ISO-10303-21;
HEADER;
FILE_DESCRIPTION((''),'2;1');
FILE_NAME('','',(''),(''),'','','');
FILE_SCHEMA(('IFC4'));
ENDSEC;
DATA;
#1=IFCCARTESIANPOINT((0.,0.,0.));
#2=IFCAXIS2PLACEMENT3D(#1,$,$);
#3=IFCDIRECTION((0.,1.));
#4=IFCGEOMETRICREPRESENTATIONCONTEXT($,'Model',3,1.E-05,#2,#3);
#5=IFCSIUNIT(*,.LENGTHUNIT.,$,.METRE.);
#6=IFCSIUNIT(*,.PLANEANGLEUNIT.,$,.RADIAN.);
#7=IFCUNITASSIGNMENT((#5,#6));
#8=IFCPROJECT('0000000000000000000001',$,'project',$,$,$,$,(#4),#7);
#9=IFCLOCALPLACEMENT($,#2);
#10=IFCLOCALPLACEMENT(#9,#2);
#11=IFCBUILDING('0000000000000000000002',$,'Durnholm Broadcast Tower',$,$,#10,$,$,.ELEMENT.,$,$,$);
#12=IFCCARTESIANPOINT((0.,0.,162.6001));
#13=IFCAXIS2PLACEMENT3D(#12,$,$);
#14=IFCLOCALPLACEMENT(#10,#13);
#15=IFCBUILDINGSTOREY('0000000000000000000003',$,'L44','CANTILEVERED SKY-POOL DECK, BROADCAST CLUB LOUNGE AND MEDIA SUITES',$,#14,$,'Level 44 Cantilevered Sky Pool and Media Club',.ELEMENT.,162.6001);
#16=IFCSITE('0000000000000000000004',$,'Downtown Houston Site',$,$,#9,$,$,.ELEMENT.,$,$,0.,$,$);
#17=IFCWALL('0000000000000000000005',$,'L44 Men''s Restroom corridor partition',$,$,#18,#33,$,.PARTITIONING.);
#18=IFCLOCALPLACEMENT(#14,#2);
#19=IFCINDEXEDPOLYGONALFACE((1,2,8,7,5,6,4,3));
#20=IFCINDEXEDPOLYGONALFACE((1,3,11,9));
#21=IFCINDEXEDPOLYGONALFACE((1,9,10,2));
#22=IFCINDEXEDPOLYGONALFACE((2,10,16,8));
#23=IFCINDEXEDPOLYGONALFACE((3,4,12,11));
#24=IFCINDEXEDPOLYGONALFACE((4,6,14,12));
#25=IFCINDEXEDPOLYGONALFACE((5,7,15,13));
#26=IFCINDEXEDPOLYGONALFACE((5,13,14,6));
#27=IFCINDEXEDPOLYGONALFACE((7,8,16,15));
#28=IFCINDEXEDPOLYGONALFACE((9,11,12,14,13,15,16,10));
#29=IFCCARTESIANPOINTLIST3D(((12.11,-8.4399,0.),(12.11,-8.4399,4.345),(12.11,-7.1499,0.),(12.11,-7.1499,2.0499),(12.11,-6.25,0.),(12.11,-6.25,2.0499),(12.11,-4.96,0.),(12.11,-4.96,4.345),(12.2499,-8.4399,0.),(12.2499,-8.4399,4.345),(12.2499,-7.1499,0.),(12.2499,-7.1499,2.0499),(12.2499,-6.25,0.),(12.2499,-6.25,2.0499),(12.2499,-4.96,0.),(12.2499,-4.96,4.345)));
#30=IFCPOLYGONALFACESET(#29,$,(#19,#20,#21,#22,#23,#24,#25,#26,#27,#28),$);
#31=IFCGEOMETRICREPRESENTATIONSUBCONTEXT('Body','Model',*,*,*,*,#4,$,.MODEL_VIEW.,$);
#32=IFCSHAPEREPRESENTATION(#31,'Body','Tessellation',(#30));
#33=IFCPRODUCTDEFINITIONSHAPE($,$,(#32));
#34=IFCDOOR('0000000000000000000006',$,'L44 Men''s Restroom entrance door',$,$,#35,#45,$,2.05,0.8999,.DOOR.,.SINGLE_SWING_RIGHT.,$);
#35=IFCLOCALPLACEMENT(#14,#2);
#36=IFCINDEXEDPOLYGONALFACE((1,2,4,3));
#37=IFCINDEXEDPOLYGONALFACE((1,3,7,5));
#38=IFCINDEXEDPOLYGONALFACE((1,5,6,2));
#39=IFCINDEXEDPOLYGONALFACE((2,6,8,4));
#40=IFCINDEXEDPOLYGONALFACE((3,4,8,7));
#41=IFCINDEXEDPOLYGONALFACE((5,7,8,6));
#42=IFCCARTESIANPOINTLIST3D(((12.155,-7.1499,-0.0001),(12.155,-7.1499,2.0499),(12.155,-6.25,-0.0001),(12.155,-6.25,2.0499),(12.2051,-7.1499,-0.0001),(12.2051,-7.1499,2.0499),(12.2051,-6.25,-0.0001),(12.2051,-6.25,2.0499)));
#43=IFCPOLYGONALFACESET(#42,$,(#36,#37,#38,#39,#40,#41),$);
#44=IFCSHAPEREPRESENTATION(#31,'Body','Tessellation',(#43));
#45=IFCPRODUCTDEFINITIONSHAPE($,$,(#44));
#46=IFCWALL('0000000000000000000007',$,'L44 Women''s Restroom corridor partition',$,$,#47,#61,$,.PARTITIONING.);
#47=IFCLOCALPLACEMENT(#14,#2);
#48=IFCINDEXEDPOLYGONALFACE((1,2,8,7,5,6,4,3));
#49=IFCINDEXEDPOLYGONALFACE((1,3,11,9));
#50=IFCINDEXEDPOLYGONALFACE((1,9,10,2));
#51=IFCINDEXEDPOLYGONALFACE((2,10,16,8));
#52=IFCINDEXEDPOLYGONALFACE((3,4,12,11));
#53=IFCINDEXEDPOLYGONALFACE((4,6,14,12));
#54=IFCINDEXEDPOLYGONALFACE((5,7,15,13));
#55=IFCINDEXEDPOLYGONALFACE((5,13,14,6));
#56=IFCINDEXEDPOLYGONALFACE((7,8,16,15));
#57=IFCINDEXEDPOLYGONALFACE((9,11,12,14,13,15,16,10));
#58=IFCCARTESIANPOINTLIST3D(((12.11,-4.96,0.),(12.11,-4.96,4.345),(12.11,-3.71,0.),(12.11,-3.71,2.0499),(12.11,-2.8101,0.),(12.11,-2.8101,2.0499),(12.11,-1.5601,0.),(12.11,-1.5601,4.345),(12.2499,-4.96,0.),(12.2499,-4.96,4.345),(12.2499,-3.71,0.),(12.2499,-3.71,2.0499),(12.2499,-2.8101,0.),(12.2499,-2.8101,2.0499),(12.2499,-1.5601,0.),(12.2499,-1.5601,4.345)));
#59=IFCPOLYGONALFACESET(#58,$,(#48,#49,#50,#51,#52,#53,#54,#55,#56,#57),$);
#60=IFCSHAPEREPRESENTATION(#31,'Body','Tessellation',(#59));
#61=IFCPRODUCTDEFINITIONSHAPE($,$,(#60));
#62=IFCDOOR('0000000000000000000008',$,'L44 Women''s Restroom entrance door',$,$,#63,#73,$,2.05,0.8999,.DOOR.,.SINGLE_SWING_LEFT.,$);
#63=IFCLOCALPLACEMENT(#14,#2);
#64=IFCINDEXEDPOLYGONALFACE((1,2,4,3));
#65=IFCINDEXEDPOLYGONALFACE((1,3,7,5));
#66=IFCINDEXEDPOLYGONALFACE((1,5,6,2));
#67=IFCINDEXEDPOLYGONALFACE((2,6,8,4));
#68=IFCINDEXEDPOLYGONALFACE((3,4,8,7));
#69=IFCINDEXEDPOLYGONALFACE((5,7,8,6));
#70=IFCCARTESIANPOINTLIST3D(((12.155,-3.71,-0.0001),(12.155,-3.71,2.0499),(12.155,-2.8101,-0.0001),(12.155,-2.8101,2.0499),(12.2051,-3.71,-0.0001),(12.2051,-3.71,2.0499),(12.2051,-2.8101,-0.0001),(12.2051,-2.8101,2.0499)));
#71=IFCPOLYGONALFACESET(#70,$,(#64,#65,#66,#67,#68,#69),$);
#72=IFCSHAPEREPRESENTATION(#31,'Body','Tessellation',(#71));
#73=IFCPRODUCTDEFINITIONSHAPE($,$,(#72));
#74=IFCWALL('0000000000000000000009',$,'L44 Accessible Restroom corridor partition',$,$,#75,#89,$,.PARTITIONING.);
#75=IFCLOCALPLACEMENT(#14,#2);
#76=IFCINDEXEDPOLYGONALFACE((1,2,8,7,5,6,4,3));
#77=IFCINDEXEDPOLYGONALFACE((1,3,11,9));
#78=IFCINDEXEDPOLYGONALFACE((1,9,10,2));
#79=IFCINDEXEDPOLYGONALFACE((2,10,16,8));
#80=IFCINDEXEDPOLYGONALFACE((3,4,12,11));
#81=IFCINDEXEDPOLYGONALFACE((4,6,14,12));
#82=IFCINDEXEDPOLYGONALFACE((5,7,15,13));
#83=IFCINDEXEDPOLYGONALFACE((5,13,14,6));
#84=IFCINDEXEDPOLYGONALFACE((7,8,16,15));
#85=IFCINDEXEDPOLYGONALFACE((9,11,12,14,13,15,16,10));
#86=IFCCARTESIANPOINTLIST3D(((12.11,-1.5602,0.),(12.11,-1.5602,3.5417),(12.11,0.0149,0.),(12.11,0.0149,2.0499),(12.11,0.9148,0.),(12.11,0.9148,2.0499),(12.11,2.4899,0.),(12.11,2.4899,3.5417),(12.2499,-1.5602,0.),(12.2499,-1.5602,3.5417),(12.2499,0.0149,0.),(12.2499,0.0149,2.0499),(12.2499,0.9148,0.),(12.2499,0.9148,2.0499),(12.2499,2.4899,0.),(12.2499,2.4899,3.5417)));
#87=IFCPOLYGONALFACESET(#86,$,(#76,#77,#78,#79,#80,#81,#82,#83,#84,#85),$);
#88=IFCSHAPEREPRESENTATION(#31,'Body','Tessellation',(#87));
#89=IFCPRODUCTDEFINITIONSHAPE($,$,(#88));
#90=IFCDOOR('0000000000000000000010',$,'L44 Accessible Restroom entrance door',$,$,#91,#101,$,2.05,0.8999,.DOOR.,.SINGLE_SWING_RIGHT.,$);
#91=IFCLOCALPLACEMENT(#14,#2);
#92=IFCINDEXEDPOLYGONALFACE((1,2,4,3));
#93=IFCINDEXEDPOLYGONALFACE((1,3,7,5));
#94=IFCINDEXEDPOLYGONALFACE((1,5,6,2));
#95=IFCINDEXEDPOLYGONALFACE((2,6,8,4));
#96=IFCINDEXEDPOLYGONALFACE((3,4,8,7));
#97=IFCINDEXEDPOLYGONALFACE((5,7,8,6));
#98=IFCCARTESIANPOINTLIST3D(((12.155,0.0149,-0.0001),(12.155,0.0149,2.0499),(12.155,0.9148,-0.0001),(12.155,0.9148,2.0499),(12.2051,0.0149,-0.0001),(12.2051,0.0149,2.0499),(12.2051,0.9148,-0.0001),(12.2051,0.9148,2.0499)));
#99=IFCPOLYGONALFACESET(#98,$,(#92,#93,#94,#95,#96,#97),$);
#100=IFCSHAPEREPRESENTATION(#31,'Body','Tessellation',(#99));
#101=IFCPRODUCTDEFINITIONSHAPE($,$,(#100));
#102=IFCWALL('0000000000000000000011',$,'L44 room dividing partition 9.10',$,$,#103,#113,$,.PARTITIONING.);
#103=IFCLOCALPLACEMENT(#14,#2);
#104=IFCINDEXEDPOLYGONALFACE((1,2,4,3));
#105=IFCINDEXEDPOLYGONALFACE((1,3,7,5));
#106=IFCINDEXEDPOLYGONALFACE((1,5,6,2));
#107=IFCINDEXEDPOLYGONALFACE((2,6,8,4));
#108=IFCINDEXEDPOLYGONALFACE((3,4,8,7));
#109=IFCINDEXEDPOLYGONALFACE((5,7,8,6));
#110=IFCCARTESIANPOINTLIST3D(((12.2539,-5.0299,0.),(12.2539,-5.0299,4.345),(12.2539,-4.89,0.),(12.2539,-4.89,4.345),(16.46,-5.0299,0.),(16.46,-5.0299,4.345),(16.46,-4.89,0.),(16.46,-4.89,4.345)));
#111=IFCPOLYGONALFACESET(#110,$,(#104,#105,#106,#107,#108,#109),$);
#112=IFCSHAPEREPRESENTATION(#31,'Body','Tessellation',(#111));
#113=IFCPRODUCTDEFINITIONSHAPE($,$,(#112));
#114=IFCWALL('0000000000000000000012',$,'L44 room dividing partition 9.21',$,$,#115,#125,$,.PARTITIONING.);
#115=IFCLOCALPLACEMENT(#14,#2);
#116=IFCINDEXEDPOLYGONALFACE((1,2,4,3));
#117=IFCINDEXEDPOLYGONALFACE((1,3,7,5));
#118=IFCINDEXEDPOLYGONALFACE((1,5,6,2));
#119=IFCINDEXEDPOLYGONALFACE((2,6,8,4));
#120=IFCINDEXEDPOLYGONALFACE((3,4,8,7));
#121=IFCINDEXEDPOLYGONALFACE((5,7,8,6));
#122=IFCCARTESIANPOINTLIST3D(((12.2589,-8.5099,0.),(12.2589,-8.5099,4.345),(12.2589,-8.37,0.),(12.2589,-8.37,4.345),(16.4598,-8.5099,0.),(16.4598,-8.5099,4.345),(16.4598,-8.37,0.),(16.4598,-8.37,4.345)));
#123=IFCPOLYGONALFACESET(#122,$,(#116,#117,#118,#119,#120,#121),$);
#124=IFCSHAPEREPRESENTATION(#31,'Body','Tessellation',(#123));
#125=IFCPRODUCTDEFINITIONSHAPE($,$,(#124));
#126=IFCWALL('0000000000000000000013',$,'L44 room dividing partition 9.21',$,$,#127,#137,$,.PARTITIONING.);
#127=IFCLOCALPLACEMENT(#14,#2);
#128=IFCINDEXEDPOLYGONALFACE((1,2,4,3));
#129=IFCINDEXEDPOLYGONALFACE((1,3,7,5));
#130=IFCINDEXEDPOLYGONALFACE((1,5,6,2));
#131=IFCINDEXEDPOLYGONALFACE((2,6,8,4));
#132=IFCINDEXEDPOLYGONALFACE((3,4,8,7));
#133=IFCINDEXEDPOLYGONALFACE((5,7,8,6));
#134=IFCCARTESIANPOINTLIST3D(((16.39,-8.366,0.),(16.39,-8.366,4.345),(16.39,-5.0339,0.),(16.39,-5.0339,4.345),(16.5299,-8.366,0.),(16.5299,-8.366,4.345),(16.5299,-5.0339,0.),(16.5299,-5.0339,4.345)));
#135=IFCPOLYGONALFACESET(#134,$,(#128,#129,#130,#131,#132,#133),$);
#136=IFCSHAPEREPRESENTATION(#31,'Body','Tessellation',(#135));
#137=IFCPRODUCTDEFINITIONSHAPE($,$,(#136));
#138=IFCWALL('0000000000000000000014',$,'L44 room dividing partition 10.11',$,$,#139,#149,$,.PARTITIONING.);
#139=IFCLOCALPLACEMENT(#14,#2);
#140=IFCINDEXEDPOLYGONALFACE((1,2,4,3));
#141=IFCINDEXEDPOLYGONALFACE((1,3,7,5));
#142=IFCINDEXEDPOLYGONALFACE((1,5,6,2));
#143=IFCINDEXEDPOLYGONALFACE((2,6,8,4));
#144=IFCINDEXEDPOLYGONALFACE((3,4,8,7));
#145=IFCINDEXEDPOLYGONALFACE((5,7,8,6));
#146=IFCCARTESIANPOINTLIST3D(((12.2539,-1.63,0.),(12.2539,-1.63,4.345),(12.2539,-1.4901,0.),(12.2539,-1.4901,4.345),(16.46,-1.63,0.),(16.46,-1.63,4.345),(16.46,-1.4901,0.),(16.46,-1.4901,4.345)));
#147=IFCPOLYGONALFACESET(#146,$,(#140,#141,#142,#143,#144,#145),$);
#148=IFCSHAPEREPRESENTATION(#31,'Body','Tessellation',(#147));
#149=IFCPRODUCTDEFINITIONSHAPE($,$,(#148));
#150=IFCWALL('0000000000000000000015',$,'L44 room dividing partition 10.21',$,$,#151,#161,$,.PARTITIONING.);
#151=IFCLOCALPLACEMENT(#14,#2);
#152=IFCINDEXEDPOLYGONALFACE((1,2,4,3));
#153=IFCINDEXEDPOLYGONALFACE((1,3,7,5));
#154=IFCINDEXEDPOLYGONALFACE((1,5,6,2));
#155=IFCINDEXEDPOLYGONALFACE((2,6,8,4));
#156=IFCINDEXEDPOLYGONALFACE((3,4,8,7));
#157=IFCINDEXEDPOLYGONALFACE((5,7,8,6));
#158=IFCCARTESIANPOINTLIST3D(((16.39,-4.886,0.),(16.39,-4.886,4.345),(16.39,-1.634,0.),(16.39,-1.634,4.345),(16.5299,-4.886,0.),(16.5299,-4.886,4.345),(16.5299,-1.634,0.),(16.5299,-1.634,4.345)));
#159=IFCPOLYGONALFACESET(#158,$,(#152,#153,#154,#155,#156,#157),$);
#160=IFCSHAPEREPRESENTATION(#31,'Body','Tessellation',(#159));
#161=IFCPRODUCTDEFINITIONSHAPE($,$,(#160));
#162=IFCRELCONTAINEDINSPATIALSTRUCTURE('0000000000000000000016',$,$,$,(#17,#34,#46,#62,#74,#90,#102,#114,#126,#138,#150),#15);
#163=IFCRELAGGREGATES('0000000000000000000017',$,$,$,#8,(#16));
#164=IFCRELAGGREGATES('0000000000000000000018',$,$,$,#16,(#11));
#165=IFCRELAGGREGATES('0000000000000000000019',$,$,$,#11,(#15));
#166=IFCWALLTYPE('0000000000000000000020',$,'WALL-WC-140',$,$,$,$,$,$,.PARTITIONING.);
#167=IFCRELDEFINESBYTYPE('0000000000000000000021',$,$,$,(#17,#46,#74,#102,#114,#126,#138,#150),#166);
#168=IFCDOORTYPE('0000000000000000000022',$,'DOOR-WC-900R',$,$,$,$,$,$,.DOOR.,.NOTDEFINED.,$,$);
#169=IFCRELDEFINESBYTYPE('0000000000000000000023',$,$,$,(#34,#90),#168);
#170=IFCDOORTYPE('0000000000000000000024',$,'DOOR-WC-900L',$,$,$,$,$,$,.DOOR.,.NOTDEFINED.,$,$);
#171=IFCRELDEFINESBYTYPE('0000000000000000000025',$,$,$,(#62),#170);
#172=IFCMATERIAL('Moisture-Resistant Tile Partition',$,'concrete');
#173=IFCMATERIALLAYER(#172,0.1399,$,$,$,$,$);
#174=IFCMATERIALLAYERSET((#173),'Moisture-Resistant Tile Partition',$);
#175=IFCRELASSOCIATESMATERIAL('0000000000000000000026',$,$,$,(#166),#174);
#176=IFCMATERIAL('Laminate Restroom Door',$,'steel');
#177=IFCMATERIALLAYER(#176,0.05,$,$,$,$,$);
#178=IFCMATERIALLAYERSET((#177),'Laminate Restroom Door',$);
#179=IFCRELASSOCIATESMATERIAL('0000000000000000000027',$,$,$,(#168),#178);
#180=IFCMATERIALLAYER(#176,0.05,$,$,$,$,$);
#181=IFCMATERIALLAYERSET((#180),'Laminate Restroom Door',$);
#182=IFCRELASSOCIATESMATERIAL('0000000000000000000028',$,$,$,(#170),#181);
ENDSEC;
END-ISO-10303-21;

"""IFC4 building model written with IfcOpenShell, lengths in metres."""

from ifc_helpers import new_model, si_unit, direction, frame, frame_2d, origin, place, context, subcontext, project, spatial, rectangle, extrude, source, transform, mapped, material, layer, layer_set, type_object, type_shapes, element, fill, save


model = new_model("IFC4")

# Units and contexts
model_context = context("Model", 3, precision=1e-05, world=origin(), true_north=direction((0.0, 1.0)))
body_context = subcontext(model_context, "Body", "Model", "MODEL_VIEW")
ifc_project = project(units=[si_unit("LENGTHUNIT", "METRE"), si_unit("PLANEANGLEUNIT", "RADIAN")], contexts=[model_context])

# Site, building, storey
site_placement = place(None, origin())
site = spatial("IfcSite", under=ifc_project, at=site_placement, Name="Downtown Houston Site", CompositionType="ELEMENT", RefElevation=0.0)
building_placement = place(site_placement, origin())
building = spatial("IfcBuilding", under=site, at=building_placement, Name="Durnholm Broadcast Tower", CompositionType="ELEMENT")
storey_placement = place(building_placement, frame((0.0, 0.0, 162.6001)))
storey = spatial("IfcBuildingStorey", under=building, at=storey_placement, Name="L44", Description="CANTILEVERED SKY-POOL DECK, BROADCAST CLUB LOUNGE AND MEDIA SUITES", LongName="Level 44 Cantilevered Sky Pool and Media Club", CompositionType="ELEMENT", Elevation=162.6001)

# Walls, openings, doors
ifc_material_1 = material(Name="Moisture-Resistant Tile Partition", Category="concrete")
ifc_layer_1 = layer(ifc_material_1, 0.1399)
ifc_layer_set_1 = layer_set([ifc_layer_1], Name="Moisture-Resistant Tile Partition")
wall_type_1 = type_object("IfcWallType", Name="WALL-WC-140", PredefinedType="PARTITIONING", material=ifc_layer_set_1)
wall_1_placement = place(storey_placement, frame((12.1799, -8.4399, 0.0), z_axis=(0.0, 0.0, 1.0), x_axis=(0.0, 1.0, 0.0)))
wall_1 = element("IfcWall", 1, at=wall_1_placement, inside=storey, type_object=wall_type_1, Name="L44 Men's Restroom corridor partition", PredefinedType="PARTITIONING", context=body_context, shape_type="SweptSolid", body=[
    extrude(rectangle(XDim=3.48, YDim=0.1399, at=frame_2d((1.74, 0.0))), origin(), (0.0, 0.0, 1.0), 4.345),
])
opening_1_placement = place(wall_1_placement, frame((1.29, 0.0, 0.0)))
opening_1 = element("IfcOpeningElement", 2, at=opening_1_placement, cuts=wall_1, PredefinedType="OPENING", context=body_context, shape_type="SweptSolid", body=[
    extrude(rectangle(XDim=0.8999, YDim=2.05, at=frame_2d((0.45, 1.0249))), frame((0.0, 0.0801, 0.0), z_axis=(0.0, -1.0, 0.0), x_axis=(1.0, 0.0, 0.0)), (0.0, 0.0, 1.0), 0.1599),
])
ifc_material_2 = material(Name="Laminate Restroom Door", Category="steel")
ifc_layer_2 = layer(ifc_material_2, 0.05)
ifc_layer_set_2 = layer_set([ifc_layer_2], Name="Laminate Restroom Door")
door_type_1 = type_object("IfcDoorType", Name="DOOR-WC-900R", OperationType="NOTDEFINED", PredefinedType="DOOR", material=ifc_layer_set_2)
shared_shape_1 = source(origin(), body_context, "Body", "SweptSolid", [
    extrude(rectangle(XDim=0.8999, YDim=2.05, at=frame_2d((0.45, 1.0249))), frame((0.0, 0.0249, 0.0), z_axis=(0.0, -1.0, 0.0), x_axis=(1.0, 0.0, 0.0)), (0.0, 0.0, 1.0), 0.05),
])
type_shapes(door_type_1, [shared_shape_1])
door_1_placement = place(opening_1_placement, origin())
door_1 = element("IfcDoor", 3, at=door_1_placement, inside=storey, type_object=door_type_1, Name="L44 Men's Restroom entrance door", OperationType="SINGLE_SWING_RIGHT", OverallHeight=2.05, OverallWidth=0.8999, PredefinedType="DOOR", context=body_context, shape_type="MappedRepresentation", body=[
    mapped(shared_shape_1, transform((0.0, 0.0, 0.0), x_axis=(1.0, 0.0, 0.0), y_axis=(0.0, 1.0, 0.0), z_axis=(0.0, 0.0, 1.0), scale=1.0)),
])
fill(opening_1, door_1)
wall_2_placement = place(storey_placement, frame((12.1799, -4.96, 0.0), z_axis=(0.0, 0.0, 1.0), x_axis=(0.0, 1.0, 0.0)))
wall_2 = element("IfcWall", 4, at=wall_2_placement, inside=storey, type_object=wall_type_1, Name="L44 Women's Restroom corridor partition", PredefinedType="PARTITIONING", context=body_context, shape_type="SweptSolid", body=[
    extrude(rectangle(XDim=3.3999, YDim=0.1399, at=frame_2d((1.7, 0.0))), origin(), (0.0, 0.0, 1.0), 4.345),
])
opening_2_placement = place(wall_2_placement, frame((1.25, 0.0, 0.0)))
opening_2 = element("IfcOpeningElement", 5, at=opening_2_placement, cuts=wall_2, PredefinedType="OPENING", context=body_context, shape_type="SweptSolid", body=[
    extrude(rectangle(XDim=0.8999, YDim=2.05, at=frame_2d((0.45, 1.0249))), frame((0.0, 0.0801, 0.0), z_axis=(0.0, -1.0, 0.0), x_axis=(1.0, 0.0, 0.0)), (0.0, 0.0, 1.0), 0.1599),
])
ifc_layer_3 = layer(ifc_material_2, 0.05)
ifc_layer_set_3 = layer_set([ifc_layer_3], Name="Laminate Restroom Door")
door_type_2 = type_object("IfcDoorType", Name="DOOR-WC-900L", OperationType="NOTDEFINED", PredefinedType="DOOR", material=ifc_layer_set_3)
shared_shape_2 = source(origin(), body_context, "Body", "SweptSolid", [
    extrude(rectangle(XDim=0.8999, YDim=2.05, at=frame_2d((0.45, 1.0249))), frame((0.0, 0.0249, 0.0), z_axis=(0.0, -1.0, 0.0), x_axis=(1.0, 0.0, 0.0)), (0.0, 0.0, 1.0), 0.05),
])
type_shapes(door_type_2, [shared_shape_2])
door_2_placement = place(opening_2_placement, origin())
door_2 = element("IfcDoor", 6, at=door_2_placement, inside=storey, type_object=door_type_2, Name="L44 Women's Restroom entrance door", OperationType="SINGLE_SWING_LEFT", OverallHeight=2.05, OverallWidth=0.8999, PredefinedType="DOOR", context=body_context, shape_type="MappedRepresentation", body=[
    mapped(shared_shape_2, transform((0.0, 0.0, 0.0), x_axis=(1.0, 0.0, 0.0), y_axis=(0.0, 1.0, 0.0), z_axis=(0.0, 0.0, 1.0), scale=1.0)),
])
fill(opening_2, door_2)
wall_3_placement = place(storey_placement, frame((12.1799, -1.5601, 0.0), z_axis=(0.0, 0.0, 1.0), x_axis=(0.0, 1.0, 0.0)))
wall_3 = element("IfcWall", 7, at=wall_3_placement, inside=storey, type_object=wall_type_1, Name="L44 Accessible Restroom corridor partition", PredefinedType="PARTITIONING", context=body_context, shape_type="SweptSolid", body=[
    extrude(rectangle(XDim=4.05, YDim=0.1399, at=frame_2d((2.0249, 0.0))), origin(), (0.0, 0.0, 1.0), 3.5417),
])
opening_3_placement = place(wall_3_placement, frame((1.575, 0.0, 0.0)))
opening_3 = element("IfcOpeningElement", 8, at=opening_3_placement, cuts=wall_3, PredefinedType="OPENING", context=body_context, shape_type="SweptSolid", body=[
    extrude(rectangle(XDim=0.8999, YDim=2.05, at=frame_2d((0.45, 1.0249))), frame((0.0, 0.0801, 0.0), z_axis=(0.0, -1.0, 0.0), x_axis=(1.0, 0.0, 0.0)), (0.0, 0.0, 1.0), 0.1599),
])
door_3_placement = place(opening_3_placement, origin())
door_3 = element("IfcDoor", 9, at=door_3_placement, inside=storey, type_object=door_type_1, Name="L44 Accessible Restroom entrance door", OperationType="SINGLE_SWING_RIGHT", OverallHeight=2.05, OverallWidth=0.8999, PredefinedType="DOOR", context=body_context, shape_type="MappedRepresentation", body=[
    mapped(shared_shape_1, transform((0.0, 0.0, 0.0), x_axis=(1.0, 0.0, 0.0), y_axis=(0.0, 1.0, 0.0), z_axis=(0.0, 0.0, 1.0), scale=1.0)),
])
fill(opening_3, door_3)

# Walls
wall_4_placement = place(storey_placement, frame((12.2539, -4.96, 0.0), z_axis=(0.0, 0.0, 1.0), x_axis=(1.0, 0.0, 0.0)))
element("IfcWall", 10, at=wall_4_placement, inside=storey, type_object=wall_type_1, Name="L44 room dividing partition 9.10", PredefinedType="PARTITIONING", context=body_context, shape_type="SweptSolid", body=[
    extrude(rectangle(XDim=4.2061, YDim=0.1399, at=frame_2d((2.103, 0.0))), origin(), (0.0, 0.0, 1.0), 4.345),
])
wall_5_placement = place(storey_placement, frame((16.46, -8.4399, 0.0), z_axis=(0.0, 0.0, 1.0), x_axis=(-1.0, 0.0, 0.0)))
element("IfcWall", 11, at=wall_5_placement, inside=storey, type_object=wall_type_1, Name="L44 room dividing partition 9.21", PredefinedType="PARTITIONING", context=body_context, shape_type="SweptSolid", body=[
    extrude(rectangle(XDim=4.2009, YDim=0.1399, at=frame_2d((2.1006, 0.0))), origin(), (0.0, 0.0, 1.0), 4.345),
])
wall_6_placement = place(storey_placement, frame((16.46, -5.0339, 0.0), z_axis=(0.0, 0.0, 1.0), x_axis=(0.0, -1.0, 0.0)))
element("IfcWall", 12, at=wall_6_placement, inside=storey, type_object=wall_type_1, Name="L44 room dividing partition 9.21", PredefinedType="PARTITIONING", context=body_context, shape_type="SweptSolid", body=[
    extrude(rectangle(XDim=3.332, YDim=0.1399, at=frame_2d((1.666, 0.0))), origin(), (0.0, 0.0, 1.0), 4.345),
])
wall_7_placement = place(storey_placement, frame((12.2539, -1.5601, 0.0), z_axis=(0.0, 0.0, 1.0), x_axis=(1.0, 0.0, 0.0)))
element("IfcWall", 13, at=wall_7_placement, inside=storey, type_object=wall_type_1, Name="L44 room dividing partition 10.11", PredefinedType="PARTITIONING", context=body_context, shape_type="SweptSolid", body=[
    extrude(rectangle(XDim=4.2061, YDim=0.1399, at=frame_2d((2.103, 0.0))), origin(), (0.0, 0.0, 1.0), 4.345),
])
wall_8_placement = place(storey_placement, frame((16.46, -1.634, 0.0), z_axis=(0.0, 0.0, 1.0), x_axis=(0.0, -1.0, 0.0)))
element("IfcWall", 14, at=wall_8_placement, inside=storey, type_object=wall_type_1, Name="L44 room dividing partition 10.21", PredefinedType="PARTITIONING", context=body_context, shape_type="SweptSolid", body=[
    extrude(rectangle(XDim=3.252, YDim=0.1399, at=frame_2d((1.626, 0.0))), origin(), (0.0, 0.0, 1.0), 4.345),
])

save(model, "model.ifc")
